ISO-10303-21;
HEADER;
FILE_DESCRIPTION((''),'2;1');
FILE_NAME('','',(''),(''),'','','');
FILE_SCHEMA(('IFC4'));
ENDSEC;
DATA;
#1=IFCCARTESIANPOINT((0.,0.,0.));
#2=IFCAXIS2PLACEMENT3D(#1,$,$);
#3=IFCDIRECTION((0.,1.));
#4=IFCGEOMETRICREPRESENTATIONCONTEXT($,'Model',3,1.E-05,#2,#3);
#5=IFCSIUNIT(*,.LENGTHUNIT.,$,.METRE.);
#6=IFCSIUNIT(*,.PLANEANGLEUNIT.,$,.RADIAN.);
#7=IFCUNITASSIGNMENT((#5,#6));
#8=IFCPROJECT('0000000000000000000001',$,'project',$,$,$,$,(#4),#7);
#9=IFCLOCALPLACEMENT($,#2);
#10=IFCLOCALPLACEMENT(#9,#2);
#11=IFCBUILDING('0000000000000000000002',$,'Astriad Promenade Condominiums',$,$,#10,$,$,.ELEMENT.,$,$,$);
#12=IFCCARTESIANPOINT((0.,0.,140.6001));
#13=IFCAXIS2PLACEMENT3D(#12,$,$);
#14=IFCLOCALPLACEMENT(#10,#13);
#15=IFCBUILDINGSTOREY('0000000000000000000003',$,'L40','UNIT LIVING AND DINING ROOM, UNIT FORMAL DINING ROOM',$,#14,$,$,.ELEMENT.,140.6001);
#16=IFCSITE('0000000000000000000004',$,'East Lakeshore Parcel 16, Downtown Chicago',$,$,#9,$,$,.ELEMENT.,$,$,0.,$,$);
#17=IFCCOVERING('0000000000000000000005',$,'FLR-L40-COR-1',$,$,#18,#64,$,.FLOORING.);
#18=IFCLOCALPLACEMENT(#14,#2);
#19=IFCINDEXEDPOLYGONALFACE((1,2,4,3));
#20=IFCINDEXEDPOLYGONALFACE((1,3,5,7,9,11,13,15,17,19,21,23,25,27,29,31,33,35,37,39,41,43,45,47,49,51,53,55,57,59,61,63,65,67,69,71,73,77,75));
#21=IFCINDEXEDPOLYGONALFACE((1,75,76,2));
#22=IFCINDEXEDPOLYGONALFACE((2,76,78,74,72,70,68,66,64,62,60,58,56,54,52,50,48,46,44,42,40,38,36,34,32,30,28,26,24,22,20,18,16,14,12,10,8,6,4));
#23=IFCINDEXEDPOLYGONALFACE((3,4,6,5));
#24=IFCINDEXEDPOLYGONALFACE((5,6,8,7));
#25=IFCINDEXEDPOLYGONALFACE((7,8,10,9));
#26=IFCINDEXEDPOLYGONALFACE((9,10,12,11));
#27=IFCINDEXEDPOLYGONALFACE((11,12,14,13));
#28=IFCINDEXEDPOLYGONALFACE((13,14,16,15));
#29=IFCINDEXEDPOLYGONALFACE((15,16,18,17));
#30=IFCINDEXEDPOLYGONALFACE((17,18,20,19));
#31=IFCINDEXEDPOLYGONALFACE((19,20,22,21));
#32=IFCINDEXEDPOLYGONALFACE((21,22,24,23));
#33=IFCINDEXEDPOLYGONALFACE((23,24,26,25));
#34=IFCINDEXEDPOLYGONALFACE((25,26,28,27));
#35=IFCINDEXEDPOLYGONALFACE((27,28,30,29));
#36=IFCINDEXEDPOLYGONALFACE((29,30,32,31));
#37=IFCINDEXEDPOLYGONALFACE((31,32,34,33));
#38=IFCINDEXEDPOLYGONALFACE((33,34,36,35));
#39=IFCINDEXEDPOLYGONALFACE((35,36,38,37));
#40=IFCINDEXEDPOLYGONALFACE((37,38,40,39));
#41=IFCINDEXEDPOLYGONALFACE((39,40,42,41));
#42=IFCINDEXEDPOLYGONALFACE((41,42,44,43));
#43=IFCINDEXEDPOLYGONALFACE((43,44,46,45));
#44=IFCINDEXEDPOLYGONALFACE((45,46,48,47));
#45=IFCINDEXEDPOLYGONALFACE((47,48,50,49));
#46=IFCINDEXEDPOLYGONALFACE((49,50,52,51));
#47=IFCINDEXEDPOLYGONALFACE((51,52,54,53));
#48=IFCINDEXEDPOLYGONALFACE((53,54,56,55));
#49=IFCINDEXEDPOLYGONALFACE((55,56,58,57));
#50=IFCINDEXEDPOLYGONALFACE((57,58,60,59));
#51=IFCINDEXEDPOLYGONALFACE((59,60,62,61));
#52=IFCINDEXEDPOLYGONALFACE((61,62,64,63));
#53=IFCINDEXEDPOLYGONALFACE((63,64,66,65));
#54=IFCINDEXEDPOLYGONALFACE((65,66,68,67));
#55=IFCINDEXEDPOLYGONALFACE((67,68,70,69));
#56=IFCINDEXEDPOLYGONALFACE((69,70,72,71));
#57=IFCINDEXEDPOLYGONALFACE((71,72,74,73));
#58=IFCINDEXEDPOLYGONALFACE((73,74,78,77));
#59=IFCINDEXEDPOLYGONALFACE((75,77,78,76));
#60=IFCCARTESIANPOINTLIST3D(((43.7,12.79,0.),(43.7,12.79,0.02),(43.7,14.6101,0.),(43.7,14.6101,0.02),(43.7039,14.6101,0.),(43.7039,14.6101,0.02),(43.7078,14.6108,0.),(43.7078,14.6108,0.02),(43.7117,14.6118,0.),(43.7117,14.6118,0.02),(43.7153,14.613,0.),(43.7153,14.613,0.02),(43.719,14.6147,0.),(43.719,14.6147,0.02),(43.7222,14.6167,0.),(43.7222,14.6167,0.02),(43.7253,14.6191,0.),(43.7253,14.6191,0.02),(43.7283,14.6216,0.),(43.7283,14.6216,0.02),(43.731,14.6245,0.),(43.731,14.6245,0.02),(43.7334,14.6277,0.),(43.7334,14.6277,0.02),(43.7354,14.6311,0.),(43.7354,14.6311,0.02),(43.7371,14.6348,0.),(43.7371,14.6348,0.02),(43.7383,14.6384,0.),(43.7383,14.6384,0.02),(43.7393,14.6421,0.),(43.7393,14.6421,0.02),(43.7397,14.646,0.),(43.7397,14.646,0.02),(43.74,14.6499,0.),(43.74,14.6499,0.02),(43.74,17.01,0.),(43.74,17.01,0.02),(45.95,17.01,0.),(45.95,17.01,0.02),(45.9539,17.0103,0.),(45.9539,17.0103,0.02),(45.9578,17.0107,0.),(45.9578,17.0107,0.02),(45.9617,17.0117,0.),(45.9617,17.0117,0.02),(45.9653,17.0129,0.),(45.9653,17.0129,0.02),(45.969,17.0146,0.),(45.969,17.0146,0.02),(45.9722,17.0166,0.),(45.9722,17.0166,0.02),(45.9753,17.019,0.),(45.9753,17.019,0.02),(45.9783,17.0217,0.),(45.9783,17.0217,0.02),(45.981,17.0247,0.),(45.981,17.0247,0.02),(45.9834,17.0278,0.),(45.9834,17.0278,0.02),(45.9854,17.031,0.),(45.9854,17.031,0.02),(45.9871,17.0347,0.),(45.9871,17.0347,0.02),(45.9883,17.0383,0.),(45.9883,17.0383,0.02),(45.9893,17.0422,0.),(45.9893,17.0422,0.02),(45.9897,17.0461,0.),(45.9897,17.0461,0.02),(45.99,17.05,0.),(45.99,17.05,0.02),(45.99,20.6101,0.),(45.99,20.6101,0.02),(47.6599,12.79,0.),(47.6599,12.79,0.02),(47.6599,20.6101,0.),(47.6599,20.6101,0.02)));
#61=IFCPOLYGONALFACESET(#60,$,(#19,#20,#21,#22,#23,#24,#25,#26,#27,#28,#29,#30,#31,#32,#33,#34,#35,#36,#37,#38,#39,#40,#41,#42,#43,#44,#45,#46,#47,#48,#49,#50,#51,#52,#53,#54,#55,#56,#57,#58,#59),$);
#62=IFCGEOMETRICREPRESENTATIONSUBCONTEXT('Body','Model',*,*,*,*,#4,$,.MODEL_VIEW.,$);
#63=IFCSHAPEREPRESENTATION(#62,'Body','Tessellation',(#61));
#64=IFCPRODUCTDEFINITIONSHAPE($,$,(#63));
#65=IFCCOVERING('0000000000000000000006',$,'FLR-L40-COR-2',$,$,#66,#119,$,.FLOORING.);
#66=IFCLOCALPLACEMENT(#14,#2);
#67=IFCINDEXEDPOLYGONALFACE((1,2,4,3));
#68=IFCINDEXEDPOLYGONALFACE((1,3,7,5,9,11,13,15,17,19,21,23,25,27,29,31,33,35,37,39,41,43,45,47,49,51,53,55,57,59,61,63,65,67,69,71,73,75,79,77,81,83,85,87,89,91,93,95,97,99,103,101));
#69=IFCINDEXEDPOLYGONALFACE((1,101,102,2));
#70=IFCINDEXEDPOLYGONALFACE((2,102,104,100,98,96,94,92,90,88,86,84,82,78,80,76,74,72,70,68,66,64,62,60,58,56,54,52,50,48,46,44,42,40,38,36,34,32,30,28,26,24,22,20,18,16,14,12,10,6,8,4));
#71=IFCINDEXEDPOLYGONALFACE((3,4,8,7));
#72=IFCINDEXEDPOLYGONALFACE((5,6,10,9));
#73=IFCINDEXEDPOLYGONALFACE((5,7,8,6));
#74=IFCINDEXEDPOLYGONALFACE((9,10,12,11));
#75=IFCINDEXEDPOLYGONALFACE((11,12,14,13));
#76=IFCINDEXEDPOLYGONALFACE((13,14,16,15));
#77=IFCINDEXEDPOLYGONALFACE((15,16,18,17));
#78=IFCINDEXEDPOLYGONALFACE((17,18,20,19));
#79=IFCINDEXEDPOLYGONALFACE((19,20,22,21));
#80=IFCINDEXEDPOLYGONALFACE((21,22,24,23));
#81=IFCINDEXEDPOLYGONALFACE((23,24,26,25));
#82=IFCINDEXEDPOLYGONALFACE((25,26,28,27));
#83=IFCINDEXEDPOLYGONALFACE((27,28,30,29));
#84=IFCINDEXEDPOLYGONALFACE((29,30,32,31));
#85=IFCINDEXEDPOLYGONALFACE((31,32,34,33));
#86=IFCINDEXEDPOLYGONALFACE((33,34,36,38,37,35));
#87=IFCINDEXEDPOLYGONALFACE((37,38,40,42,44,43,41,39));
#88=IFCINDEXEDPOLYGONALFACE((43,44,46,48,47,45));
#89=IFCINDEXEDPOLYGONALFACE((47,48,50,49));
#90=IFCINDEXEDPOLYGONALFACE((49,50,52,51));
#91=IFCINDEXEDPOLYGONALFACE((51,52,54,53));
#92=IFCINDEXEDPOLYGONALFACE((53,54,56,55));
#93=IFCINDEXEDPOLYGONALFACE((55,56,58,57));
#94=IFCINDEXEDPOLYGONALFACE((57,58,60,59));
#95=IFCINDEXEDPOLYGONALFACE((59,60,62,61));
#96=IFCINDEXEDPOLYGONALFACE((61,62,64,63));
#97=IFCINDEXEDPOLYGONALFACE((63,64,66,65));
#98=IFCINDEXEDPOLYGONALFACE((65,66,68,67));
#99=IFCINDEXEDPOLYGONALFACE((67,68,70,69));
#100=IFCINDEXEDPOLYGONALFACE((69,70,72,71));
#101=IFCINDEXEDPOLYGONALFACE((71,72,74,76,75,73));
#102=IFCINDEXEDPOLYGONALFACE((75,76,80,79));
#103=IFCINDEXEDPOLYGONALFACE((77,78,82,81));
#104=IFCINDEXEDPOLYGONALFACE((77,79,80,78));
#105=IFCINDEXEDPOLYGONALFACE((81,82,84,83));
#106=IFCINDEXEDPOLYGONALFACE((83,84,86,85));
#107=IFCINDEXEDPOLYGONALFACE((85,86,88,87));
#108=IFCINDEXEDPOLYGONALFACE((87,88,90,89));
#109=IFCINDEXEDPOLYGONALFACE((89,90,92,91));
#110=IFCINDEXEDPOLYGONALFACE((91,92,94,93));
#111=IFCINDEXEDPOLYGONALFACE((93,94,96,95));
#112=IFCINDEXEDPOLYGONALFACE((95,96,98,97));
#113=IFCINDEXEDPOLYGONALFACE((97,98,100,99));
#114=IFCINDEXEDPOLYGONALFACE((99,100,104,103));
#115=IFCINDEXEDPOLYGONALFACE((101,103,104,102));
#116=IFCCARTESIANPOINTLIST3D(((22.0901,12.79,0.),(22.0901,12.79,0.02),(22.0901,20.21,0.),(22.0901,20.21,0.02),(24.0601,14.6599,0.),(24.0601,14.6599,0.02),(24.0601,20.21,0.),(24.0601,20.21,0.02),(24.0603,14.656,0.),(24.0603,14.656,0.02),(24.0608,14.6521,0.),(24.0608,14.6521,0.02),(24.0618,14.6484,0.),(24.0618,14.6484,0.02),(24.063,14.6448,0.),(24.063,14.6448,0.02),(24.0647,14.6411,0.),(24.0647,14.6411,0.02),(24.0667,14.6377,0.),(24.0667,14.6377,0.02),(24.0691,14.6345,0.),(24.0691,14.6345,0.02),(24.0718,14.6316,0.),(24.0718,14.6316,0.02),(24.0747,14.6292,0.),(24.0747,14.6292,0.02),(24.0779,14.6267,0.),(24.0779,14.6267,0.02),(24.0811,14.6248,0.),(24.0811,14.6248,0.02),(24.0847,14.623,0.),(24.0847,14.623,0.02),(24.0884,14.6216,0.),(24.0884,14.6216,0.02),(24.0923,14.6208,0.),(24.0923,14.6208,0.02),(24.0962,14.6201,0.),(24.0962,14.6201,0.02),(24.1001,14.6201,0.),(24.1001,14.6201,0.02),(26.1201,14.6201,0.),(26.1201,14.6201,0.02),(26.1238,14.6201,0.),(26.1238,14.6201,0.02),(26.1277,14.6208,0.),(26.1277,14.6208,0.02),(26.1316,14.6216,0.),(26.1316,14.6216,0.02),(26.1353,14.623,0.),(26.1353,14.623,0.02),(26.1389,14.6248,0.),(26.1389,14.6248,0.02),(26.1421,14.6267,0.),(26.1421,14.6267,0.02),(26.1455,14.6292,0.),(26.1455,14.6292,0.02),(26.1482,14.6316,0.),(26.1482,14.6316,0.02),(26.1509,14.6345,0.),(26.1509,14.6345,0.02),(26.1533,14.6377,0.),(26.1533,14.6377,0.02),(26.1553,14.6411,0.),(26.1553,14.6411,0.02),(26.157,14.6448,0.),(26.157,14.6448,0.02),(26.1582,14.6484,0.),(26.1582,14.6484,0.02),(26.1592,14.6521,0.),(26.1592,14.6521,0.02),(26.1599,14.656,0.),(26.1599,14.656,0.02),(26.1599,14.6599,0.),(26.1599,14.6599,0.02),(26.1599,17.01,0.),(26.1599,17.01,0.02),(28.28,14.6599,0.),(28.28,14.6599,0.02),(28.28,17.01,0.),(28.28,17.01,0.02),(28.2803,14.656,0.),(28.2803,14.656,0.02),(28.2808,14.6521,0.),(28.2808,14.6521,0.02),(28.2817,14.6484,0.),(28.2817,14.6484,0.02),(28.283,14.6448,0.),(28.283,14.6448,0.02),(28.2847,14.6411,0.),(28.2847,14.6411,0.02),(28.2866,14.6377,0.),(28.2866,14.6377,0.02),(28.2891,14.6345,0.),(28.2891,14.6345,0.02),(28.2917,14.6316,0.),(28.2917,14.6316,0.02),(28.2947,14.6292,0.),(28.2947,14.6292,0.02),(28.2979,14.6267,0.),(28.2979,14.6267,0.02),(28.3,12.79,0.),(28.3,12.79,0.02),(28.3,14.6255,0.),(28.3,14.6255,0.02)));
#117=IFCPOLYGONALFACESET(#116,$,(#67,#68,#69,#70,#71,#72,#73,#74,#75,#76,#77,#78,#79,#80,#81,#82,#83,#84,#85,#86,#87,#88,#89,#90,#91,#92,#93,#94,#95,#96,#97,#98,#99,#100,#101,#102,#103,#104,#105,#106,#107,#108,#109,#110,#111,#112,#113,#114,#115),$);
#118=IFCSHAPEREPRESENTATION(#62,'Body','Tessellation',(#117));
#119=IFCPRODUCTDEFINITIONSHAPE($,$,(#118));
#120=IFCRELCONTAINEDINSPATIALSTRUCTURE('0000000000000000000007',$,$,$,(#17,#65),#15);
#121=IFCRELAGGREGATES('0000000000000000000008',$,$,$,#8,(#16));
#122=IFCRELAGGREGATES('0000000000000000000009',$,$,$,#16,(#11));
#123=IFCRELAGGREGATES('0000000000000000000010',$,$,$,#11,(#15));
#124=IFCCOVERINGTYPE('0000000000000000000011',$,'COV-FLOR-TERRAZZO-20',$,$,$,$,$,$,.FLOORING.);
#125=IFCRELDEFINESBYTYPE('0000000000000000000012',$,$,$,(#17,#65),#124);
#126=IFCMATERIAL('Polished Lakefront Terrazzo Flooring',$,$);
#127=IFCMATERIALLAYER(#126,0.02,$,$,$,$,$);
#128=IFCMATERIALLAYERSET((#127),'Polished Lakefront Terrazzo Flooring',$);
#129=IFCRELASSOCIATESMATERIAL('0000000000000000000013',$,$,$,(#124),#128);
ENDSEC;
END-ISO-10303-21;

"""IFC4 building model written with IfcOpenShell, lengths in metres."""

from ifc_helpers import new_model, si_unit, direction, frame, origin, place, context, subcontext, project, spatial, polyline, outline, extrude, material, layer, layer_set, type_object, element, save


model = new_model("IFC4")

# Units and contexts
model_context = context("Model", 3, precision=1e-05, world=origin(), true_north=direction((0.0, 1.0)))
body_context = subcontext(model_context, "Body", "Model", "MODEL_VIEW")
ifc_project = project(units=[si_unit("LENGTHUNIT", "METRE"), si_unit("PLANEANGLEUNIT", "RADIAN")], contexts=[model_context])

# Site, building, storey
site_placement = place(None, origin())
site = spatial("IfcSite", under=ifc_project, at=site_placement, Name="East Lakeshore Parcel 16, Downtown Chicago", CompositionType="ELEMENT", RefElevation=0.0)
building_placement = place(site_placement, origin())
building = spatial("IfcBuilding", under=site, at=building_placement, Name="Astriad Promenade Condominiums", CompositionType="ELEMENT")
storey_placement = place(building_placement, frame((0.0, 0.0, 140.6001)))
storey = spatial("IfcBuildingStorey", under=building, at=storey_placement, Name="L40", Description="UNIT LIVING AND DINING ROOM, UNIT FORMAL DINING ROOM", CompositionType="ELEMENT", Elevation=140.6001)

# Coverings
ifc_material_1 = material(Name="Polished Lakefront Terrazzo Flooring")
ifc_layer_1 = layer(ifc_material_1, 0.02)
ifc_layer_set_1 = layer_set([ifc_layer_1], Name="Polished Lakefront Terrazzo Flooring")
covering_type = type_object("IfcCoveringType", Name="COV-FLOR-TERRAZZO-20", PredefinedType="FLOORING", material=ifc_layer_set_1)
covering_1_placement = place(storey_placement, origin())
element("IfcCovering", 1, at=covering_1_placement, inside=storey, type_object=covering_type, Name="FLR-L40-COR-1", PredefinedType="FLOORING", context=body_context, shape_type="SweptSolid", body=[
    extrude(outline(polyline([(43.7, 12.79), (43.7, 14.6101), (43.7039, 14.6101), (43.7078, 14.6108), (43.7117, 14.6118), (43.7153, 14.613), (43.719, 14.6147), (43.7222, 14.6167), (43.7253, 14.6191), (43.7283, 14.6216), (43.731, 14.6245), (43.7334, 14.6277), (43.7354, 14.6311), (43.7371, 14.6348), (43.7383, 14.6384), (43.7393, 14.6421), (43.7397, 14.646), (43.74, 14.6499), (43.74, 17.01), (45.95, 17.01), (45.9539, 17.0103), (45.9578, 17.0107), (45.9617, 17.0117), (45.9653, 17.0129), (45.969, 17.0146), (45.9722, 17.0166), (45.9753, 17.019), (45.9783, 17.0217), (45.981, 17.0247), (45.9834, 17.0278), (45.9854, 17.031), (45.9871, 17.0347), (45.9883, 17.0383), (45.9893, 17.0422), (45.9897, 17.0461), (45.99, 17.05), (45.99, 20.6101), (47.6599, 20.6101), (47.6599, 12.79), (43.7, 12.79)])), origin(), (0.0, 0.0, 1.0), 0.02),
])
covering_2_placement = place(storey_placement, origin())
element("IfcCovering", 2, at=covering_2_placement, inside=storey, type_object=covering_type, Name="FLR-L40-COR-2", PredefinedType="FLOORING", context=body_context, shape_type="SweptSolid", body=[
    extrude(outline(polyline([(28.3, 12.79), (22.0901, 12.79), (22.0901, 20.21), (24.0601, 20.21), (24.0601, 14.6599), (24.0603, 14.656), (24.0608, 14.6521), (24.0618, 14.6484), (24.063, 14.6448), (24.0647, 14.6411), (24.0667, 14.6377), (24.0691, 14.6345), (24.0718, 14.6316), (24.0747, 14.6292), (24.0779, 14.6267), (24.0811, 14.6248), (24.0847, 14.623), (24.0884, 14.6216), (24.0923, 14.6208), (24.0962, 14.6201), (24.1001, 14.6201), (26.1201, 14.6201), (26.1238, 14.6201), (26.1277, 14.6208), (26.1316, 14.6216), (26.1353, 14.623), (26.1389, 14.6248), (26.1421, 14.6267), (26.1455, 14.6292), (26.1482, 14.6316), (26.1509, 14.6345), (26.1533, 14.6377), (26.1553, 14.6411), (26.157, 14.6448), (26.1582, 14.6484), (26.1592, 14.6521), (26.1599, 14.656), (26.1599, 14.6599), (26.1599, 17.01), (28.28, 17.01), (28.28, 14.6599), (28.2803, 14.656), (28.2808, 14.6521), (28.2817, 14.6484), (28.283, 14.6448), (28.2847, 14.6411), (28.2866, 14.6377), (28.2891, 14.6345), (28.2917, 14.6316), (28.2947, 14.6292), (28.2979, 14.6267), (28.3, 14.6255), (28.3, 12.79)])), origin(), (0.0, 0.0, 1.0), 0.02),
])

save(model, "model.ifc")
